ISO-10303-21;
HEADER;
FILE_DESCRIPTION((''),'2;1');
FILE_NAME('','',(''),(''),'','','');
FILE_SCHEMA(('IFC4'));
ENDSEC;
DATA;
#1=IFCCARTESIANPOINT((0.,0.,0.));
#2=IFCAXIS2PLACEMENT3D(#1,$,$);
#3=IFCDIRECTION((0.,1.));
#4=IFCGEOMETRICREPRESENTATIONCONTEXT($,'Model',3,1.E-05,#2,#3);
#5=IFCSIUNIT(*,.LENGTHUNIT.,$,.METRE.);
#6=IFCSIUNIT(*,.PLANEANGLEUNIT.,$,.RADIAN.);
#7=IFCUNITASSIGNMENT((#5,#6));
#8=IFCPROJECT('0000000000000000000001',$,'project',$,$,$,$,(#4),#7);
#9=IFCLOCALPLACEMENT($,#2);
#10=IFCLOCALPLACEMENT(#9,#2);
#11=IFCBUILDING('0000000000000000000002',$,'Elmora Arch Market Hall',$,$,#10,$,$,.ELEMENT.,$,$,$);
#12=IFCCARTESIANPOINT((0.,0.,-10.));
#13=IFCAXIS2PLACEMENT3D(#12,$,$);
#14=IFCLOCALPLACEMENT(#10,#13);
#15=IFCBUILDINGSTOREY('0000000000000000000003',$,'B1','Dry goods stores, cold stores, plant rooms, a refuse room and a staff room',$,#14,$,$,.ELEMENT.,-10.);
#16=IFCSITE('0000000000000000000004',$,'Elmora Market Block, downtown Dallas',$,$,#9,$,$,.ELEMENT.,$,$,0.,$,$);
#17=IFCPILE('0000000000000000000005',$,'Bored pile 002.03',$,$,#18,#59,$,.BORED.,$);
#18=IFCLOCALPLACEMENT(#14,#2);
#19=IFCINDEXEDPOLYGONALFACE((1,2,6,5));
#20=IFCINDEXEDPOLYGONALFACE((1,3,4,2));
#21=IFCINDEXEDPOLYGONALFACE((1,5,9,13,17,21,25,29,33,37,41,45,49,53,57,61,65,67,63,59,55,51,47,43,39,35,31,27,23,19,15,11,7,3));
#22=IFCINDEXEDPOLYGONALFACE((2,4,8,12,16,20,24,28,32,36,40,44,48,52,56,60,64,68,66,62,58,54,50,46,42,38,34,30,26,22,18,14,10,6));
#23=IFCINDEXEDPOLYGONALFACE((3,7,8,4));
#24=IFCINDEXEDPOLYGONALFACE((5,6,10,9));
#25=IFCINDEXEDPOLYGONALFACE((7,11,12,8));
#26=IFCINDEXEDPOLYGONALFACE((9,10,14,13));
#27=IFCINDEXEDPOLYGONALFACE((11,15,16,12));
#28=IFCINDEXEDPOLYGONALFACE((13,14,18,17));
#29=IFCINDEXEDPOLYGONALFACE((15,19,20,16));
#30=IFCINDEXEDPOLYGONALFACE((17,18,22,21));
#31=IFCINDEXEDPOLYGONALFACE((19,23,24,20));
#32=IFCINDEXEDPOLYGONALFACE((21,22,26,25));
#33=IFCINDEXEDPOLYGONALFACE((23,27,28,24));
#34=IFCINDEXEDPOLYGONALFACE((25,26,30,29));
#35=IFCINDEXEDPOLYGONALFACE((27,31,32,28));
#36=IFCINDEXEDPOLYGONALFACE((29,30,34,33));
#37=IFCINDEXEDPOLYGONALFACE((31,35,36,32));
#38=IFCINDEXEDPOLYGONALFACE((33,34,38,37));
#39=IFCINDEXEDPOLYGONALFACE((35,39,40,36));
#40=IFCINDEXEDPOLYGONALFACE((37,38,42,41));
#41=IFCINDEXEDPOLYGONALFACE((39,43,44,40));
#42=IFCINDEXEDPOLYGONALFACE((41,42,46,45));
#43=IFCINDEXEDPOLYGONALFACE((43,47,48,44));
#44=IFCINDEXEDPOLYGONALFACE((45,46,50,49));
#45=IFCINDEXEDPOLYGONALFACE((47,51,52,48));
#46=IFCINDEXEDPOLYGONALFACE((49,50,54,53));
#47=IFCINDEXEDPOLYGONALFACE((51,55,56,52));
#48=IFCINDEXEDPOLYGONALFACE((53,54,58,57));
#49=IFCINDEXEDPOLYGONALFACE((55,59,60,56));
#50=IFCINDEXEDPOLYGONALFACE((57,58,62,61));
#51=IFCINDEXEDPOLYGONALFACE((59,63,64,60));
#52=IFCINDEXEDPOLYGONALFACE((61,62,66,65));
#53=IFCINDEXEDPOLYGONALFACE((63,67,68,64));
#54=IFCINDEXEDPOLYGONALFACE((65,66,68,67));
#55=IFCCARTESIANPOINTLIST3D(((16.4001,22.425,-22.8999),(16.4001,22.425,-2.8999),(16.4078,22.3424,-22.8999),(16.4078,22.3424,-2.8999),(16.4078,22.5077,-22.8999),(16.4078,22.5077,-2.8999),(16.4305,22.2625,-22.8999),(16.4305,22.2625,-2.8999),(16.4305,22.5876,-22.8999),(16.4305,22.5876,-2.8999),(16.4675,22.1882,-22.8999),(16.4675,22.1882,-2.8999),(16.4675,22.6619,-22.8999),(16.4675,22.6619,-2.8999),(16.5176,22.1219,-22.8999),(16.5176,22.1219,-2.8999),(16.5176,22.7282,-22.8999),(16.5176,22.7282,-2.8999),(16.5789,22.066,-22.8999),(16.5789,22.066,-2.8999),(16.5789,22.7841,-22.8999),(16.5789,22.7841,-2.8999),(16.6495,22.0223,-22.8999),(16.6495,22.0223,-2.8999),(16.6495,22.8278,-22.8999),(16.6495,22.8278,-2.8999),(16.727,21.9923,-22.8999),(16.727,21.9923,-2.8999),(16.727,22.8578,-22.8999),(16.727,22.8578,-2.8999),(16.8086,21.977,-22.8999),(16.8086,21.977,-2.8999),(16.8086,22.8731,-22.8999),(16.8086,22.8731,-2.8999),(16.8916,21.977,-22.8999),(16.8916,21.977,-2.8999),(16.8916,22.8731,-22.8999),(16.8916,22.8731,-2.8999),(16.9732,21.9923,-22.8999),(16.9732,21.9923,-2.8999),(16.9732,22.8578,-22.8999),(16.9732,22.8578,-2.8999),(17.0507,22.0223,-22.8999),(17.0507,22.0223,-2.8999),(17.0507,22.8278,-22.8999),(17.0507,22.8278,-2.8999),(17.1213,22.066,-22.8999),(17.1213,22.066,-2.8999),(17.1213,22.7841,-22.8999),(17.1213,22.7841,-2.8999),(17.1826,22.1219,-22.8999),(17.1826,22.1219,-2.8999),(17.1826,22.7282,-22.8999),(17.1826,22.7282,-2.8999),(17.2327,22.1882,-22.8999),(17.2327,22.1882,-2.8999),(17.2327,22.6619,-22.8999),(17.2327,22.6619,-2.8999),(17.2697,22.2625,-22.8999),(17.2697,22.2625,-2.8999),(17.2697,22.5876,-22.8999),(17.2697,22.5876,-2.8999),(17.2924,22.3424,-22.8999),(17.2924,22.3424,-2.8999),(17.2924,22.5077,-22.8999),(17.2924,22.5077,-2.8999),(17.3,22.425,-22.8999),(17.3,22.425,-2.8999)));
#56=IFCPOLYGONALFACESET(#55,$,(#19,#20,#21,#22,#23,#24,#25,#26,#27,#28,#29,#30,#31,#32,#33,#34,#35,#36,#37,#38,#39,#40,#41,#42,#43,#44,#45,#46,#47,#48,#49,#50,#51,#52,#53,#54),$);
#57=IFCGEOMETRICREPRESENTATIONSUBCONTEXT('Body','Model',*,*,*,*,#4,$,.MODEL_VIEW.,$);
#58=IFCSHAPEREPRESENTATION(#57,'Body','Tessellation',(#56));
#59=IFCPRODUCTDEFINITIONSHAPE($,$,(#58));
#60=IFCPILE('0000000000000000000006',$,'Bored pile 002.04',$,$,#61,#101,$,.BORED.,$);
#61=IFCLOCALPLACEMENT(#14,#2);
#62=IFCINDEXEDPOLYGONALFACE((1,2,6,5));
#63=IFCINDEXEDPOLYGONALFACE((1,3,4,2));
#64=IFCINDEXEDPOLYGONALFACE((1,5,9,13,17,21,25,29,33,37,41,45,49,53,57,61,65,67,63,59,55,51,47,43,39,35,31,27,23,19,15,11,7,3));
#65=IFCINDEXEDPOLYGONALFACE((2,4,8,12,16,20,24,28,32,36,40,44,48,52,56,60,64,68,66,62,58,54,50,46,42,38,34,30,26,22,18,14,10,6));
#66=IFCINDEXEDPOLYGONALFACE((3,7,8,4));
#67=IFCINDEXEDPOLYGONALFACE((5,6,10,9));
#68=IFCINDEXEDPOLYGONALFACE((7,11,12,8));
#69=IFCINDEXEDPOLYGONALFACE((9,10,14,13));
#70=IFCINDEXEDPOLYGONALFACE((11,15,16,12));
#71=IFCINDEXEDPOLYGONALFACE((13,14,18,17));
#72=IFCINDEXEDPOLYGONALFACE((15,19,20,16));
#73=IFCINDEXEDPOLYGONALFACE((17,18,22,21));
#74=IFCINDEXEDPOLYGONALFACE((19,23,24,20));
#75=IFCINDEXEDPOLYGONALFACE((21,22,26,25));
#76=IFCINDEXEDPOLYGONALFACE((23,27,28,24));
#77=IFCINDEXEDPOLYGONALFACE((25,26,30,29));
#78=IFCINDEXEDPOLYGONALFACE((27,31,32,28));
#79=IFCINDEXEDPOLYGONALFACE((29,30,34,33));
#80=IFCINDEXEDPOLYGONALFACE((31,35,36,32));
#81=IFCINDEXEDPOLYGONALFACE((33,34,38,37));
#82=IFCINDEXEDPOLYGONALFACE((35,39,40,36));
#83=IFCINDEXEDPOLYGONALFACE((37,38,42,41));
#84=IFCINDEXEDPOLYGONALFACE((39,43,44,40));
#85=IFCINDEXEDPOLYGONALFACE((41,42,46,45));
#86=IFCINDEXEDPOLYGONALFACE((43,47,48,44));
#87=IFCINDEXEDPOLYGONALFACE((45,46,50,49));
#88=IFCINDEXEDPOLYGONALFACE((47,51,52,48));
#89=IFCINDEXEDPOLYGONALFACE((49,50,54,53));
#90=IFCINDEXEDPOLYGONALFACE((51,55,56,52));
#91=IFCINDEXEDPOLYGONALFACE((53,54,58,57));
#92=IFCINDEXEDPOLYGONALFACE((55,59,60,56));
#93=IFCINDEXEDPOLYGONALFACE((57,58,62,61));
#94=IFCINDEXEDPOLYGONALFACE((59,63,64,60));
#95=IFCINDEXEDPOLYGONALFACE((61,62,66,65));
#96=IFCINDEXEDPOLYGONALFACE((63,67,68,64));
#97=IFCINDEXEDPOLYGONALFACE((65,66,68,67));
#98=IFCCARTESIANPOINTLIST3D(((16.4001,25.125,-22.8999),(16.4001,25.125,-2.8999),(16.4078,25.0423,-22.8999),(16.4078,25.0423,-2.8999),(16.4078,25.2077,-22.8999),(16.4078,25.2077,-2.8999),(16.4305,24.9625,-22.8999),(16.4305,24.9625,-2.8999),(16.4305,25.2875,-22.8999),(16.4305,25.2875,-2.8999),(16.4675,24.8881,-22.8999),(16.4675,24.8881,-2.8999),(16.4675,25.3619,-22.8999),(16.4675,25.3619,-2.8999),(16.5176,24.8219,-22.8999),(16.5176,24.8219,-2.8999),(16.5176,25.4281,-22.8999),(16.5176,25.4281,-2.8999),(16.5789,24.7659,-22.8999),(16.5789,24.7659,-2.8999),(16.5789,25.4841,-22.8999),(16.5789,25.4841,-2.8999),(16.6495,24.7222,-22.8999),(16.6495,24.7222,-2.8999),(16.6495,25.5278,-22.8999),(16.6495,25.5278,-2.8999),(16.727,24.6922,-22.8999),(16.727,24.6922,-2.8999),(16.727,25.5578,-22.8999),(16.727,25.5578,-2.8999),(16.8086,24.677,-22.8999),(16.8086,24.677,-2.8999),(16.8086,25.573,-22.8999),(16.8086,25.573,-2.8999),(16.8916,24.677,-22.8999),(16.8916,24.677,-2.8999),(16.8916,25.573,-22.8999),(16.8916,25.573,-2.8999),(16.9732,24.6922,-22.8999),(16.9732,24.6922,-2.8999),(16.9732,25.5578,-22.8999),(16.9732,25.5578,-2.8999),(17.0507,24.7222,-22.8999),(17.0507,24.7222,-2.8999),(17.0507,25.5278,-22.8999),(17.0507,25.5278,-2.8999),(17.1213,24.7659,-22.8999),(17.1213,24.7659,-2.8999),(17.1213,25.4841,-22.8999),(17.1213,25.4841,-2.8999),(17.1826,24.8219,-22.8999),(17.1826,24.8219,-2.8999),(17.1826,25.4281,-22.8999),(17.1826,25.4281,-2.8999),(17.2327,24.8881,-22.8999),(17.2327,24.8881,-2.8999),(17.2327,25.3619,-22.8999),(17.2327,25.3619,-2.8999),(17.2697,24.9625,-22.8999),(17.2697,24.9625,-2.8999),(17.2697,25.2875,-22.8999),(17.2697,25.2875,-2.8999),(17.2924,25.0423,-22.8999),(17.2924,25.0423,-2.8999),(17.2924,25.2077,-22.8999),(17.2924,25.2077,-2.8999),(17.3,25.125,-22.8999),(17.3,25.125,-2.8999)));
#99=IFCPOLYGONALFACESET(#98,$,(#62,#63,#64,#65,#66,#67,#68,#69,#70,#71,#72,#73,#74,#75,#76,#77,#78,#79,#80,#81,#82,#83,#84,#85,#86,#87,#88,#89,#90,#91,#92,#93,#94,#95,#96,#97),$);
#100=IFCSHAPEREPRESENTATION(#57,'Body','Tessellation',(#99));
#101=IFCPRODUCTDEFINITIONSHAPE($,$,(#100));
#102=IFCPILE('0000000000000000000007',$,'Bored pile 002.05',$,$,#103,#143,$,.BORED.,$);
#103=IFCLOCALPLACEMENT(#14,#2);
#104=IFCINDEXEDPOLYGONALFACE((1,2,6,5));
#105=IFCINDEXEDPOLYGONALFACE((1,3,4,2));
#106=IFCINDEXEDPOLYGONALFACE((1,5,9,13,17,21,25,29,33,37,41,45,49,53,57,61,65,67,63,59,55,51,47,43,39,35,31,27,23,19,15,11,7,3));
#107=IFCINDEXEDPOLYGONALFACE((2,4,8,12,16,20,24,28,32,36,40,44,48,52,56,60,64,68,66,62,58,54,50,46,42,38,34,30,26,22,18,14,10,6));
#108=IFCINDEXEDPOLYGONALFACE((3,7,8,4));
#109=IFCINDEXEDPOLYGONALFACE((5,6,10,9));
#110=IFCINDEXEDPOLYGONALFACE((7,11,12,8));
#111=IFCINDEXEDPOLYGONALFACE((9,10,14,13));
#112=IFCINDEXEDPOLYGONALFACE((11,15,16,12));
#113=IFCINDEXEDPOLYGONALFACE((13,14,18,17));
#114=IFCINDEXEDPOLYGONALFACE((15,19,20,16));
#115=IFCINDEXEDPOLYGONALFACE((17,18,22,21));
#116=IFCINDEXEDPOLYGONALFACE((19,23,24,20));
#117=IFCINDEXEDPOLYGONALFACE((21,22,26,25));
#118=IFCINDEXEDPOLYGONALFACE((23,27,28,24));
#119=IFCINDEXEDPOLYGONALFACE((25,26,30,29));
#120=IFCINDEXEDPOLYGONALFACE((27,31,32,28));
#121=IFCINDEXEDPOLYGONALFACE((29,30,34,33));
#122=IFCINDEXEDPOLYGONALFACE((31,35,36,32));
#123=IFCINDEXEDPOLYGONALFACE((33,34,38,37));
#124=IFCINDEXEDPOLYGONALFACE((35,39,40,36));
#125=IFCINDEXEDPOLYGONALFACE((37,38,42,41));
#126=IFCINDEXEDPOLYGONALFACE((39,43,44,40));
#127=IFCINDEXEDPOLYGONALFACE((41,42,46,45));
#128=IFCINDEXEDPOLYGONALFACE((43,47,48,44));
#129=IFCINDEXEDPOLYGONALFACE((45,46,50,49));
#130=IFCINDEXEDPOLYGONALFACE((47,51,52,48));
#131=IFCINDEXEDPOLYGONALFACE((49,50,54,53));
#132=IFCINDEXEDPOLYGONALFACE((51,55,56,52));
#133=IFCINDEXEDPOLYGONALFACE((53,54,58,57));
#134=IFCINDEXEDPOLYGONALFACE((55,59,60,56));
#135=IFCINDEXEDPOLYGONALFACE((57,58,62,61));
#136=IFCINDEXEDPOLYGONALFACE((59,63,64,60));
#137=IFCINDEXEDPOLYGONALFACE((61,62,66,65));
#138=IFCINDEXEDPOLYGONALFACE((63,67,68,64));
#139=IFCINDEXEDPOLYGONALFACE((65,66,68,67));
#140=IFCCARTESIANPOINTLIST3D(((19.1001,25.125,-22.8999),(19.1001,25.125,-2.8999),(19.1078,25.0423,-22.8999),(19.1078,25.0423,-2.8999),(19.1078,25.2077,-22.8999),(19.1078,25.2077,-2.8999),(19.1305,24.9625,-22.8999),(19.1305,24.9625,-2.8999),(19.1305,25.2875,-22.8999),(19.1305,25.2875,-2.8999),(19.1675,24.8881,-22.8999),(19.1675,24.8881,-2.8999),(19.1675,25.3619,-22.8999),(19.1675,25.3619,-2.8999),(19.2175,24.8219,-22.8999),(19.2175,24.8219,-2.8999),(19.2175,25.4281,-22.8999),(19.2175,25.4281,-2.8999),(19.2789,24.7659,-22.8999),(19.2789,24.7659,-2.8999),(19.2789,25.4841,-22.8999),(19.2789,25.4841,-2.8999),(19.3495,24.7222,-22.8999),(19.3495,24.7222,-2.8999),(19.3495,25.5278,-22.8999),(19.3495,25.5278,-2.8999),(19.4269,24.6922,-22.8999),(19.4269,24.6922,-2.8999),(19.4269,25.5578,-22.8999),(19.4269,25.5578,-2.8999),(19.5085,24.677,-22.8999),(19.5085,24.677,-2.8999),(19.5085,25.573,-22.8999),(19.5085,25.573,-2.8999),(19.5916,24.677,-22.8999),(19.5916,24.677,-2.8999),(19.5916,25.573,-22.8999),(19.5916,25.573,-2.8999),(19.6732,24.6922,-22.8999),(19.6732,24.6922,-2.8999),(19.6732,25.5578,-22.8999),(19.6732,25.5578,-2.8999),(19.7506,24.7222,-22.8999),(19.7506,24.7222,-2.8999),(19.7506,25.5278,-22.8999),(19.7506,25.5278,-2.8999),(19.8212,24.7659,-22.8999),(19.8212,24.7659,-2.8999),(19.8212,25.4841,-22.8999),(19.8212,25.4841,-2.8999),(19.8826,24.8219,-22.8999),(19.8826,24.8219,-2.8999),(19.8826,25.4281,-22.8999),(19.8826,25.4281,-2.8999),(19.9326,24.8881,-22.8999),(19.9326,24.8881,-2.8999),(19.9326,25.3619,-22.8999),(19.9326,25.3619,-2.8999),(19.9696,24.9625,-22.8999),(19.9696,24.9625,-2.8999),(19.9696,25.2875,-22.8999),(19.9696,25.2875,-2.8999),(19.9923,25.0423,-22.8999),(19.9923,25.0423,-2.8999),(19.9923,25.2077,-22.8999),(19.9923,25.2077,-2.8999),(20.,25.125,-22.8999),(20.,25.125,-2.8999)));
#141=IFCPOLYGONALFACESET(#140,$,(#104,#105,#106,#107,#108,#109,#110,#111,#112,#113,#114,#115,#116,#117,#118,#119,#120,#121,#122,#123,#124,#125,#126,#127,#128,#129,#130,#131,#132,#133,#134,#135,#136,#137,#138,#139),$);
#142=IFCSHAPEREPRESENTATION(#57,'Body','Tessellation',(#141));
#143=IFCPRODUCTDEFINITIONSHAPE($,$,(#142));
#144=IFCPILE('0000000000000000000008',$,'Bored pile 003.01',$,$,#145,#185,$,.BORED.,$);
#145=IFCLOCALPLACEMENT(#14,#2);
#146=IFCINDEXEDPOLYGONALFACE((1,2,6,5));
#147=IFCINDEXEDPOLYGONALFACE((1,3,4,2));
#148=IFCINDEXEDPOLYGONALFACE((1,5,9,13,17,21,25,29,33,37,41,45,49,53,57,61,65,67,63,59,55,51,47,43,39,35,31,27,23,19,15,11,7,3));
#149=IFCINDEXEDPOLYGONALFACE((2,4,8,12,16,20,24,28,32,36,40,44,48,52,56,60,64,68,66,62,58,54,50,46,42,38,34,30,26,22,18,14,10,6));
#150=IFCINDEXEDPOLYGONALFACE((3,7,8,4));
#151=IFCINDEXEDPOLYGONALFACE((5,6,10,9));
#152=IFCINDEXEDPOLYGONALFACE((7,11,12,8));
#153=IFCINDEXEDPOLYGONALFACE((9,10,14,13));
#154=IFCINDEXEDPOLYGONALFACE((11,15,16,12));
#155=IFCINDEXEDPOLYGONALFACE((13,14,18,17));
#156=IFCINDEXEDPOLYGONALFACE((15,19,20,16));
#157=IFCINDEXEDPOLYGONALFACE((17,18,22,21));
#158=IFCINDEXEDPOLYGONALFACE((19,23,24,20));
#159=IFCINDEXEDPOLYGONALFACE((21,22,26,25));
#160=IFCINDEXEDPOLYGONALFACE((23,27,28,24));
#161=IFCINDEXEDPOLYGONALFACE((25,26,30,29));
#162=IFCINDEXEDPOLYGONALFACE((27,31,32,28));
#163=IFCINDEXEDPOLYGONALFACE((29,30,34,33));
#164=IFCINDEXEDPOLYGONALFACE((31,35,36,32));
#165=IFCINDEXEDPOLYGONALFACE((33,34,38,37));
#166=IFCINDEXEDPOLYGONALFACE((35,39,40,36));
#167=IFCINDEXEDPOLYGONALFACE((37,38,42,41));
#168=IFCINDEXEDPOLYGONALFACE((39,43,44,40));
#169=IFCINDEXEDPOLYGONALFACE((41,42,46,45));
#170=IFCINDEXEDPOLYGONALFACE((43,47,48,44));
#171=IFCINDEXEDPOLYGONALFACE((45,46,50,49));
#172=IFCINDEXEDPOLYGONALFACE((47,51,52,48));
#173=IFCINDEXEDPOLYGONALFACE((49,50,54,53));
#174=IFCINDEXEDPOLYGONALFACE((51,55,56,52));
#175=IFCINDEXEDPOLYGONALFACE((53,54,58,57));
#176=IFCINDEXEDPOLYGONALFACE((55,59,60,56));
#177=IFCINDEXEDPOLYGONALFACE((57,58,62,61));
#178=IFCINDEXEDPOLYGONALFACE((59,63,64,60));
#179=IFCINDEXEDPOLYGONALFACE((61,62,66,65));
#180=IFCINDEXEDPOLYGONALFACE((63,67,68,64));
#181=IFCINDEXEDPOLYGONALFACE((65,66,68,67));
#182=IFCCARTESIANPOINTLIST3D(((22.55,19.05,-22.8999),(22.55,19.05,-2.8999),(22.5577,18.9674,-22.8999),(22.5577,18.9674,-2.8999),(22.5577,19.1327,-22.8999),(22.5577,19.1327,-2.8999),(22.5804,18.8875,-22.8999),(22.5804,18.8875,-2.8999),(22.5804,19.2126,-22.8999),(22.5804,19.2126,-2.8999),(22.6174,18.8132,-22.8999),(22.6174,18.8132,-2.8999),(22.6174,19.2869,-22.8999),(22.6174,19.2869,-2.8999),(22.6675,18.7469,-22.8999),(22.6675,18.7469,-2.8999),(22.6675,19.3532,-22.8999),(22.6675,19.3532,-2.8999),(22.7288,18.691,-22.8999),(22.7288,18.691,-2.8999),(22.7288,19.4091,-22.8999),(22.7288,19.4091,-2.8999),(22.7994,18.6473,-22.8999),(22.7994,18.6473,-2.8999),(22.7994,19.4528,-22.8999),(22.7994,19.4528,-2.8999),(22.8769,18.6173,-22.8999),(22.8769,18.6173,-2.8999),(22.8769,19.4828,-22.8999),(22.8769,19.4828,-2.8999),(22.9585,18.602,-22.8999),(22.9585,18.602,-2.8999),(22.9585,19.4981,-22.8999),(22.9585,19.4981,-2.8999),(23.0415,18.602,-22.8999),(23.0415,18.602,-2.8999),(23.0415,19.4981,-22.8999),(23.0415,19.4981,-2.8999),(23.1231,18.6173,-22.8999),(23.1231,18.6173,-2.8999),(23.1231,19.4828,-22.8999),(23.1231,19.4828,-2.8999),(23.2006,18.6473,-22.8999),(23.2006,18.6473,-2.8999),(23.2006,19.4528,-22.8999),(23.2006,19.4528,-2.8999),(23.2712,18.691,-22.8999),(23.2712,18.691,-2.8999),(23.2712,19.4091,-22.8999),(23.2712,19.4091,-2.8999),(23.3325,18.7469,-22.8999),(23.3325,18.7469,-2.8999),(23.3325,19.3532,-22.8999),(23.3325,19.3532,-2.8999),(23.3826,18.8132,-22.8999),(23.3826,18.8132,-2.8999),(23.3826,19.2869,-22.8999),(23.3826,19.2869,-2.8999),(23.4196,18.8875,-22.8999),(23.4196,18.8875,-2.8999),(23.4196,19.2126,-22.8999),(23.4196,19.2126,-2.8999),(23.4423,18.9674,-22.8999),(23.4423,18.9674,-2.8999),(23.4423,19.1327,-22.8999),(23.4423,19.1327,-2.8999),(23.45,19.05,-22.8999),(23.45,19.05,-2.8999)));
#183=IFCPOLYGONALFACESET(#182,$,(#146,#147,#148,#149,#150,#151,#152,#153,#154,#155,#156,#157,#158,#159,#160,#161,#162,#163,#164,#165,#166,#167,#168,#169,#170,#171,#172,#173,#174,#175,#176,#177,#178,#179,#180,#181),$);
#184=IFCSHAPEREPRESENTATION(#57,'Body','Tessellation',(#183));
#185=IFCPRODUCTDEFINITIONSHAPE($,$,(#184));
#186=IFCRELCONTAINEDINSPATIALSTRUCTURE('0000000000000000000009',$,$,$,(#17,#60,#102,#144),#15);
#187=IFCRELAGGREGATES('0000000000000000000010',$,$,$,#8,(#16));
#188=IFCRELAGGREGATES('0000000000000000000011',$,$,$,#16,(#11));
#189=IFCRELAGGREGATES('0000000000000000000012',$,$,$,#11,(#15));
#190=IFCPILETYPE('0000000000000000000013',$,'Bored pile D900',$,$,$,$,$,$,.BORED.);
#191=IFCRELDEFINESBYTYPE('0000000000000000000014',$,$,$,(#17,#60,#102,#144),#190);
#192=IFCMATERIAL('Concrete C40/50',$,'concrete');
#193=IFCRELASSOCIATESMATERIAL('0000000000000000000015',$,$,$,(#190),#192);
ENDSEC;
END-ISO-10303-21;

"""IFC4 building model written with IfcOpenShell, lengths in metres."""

from ifc_helpers import new_model, si_unit, direction, frame, origin, origin_2d, place, context, subcontext, project, spatial, circle, extrude, material, material_profile, profile_set, type_object, element, save


model = new_model("IFC4")

# Units and contexts
model_context = context("Model", 3, precision=1e-05, world=origin(), true_north=direction((0.0, 1.0)))
body_context = subcontext(model_context, "Body", "Model", "MODEL_VIEW")
ifc_project = project(units=[si_unit("LENGTHUNIT", "METRE"), si_unit("PLANEANGLEUNIT", "RADIAN")], contexts=[model_context])

# Site, building, storey
site_placement = place(None, origin())
site = spatial("IfcSite", under=ifc_project, at=site_placement, Name="Elmora Market Block, downtown Dallas", CompositionType="ELEMENT", RefElevation=0.0)
building_placement = place(site_placement, origin())
building = spatial("IfcBuilding", under=site, at=building_placement, Name="Elmora Arch Market Hall", CompositionType="ELEMENT")
storey_placement = place(building_placement, frame((0.0, 0.0, -10.0)))
storey = spatial("IfcBuildingStorey", under=building, at=storey_placement, Name="B1", Description="Dry goods stores, cold stores, plant rooms, a refuse room and a staff room", CompositionType="ELEMENT", Elevation=-10.0)

# Piles
ifc_material_1 = material(Name="Concrete C40/50", Category="concrete")
ifc_material_profile_1 = material_profile(ifc_material_1, circle(Radius=0.45, at=origin_2d()), Name="Bored pile D900")
ifc_profile_set_1 = profile_set([ifc_material_profile_1], Name="Concrete C40/50")
pile_type = type_object("IfcPileType", Name="Bored pile D900", PredefinedType="BORED", material=ifc_profile_set_1)
for number, where, z_axis, x_axis, name in (
    (1, (16.8501, 22.425, -2.8999), (0.0, 0.0, -1.0), (1.0, 0.0, 0.0), "Bored pile 002.03"),
    (2, (16.8501, 25.125, -2.8999), (0.0, 0.0, -1.0), (1.0, 0.0, 0.0), "Bored pile 002.04"),
    (3, (19.55, 25.125, -2.8999), (0.0, 0.0, -1.0), (1.0, 0.0, 0.0), "Bored pile 002.05"),
    (4, (23.0, 19.05, -2.8999), (0.0, 0.0, -1.0), (1.0, 0.0, 0.0), "Bored pile 003.01"),
):
    element("IfcPile", number, at=place(storey_placement, frame(where, z_axis=z_axis, x_axis=x_axis)), inside=storey, type_object=pile_type, Name=name, PredefinedType="BORED", context=body_context, shape_type="SweptSolid", body=[
        extrude(circle(Radius=0.45, at=origin_2d()), origin(), (0.0, 0.0, 1.0), 20.0),
    ])

save(model, "model.ifc")
